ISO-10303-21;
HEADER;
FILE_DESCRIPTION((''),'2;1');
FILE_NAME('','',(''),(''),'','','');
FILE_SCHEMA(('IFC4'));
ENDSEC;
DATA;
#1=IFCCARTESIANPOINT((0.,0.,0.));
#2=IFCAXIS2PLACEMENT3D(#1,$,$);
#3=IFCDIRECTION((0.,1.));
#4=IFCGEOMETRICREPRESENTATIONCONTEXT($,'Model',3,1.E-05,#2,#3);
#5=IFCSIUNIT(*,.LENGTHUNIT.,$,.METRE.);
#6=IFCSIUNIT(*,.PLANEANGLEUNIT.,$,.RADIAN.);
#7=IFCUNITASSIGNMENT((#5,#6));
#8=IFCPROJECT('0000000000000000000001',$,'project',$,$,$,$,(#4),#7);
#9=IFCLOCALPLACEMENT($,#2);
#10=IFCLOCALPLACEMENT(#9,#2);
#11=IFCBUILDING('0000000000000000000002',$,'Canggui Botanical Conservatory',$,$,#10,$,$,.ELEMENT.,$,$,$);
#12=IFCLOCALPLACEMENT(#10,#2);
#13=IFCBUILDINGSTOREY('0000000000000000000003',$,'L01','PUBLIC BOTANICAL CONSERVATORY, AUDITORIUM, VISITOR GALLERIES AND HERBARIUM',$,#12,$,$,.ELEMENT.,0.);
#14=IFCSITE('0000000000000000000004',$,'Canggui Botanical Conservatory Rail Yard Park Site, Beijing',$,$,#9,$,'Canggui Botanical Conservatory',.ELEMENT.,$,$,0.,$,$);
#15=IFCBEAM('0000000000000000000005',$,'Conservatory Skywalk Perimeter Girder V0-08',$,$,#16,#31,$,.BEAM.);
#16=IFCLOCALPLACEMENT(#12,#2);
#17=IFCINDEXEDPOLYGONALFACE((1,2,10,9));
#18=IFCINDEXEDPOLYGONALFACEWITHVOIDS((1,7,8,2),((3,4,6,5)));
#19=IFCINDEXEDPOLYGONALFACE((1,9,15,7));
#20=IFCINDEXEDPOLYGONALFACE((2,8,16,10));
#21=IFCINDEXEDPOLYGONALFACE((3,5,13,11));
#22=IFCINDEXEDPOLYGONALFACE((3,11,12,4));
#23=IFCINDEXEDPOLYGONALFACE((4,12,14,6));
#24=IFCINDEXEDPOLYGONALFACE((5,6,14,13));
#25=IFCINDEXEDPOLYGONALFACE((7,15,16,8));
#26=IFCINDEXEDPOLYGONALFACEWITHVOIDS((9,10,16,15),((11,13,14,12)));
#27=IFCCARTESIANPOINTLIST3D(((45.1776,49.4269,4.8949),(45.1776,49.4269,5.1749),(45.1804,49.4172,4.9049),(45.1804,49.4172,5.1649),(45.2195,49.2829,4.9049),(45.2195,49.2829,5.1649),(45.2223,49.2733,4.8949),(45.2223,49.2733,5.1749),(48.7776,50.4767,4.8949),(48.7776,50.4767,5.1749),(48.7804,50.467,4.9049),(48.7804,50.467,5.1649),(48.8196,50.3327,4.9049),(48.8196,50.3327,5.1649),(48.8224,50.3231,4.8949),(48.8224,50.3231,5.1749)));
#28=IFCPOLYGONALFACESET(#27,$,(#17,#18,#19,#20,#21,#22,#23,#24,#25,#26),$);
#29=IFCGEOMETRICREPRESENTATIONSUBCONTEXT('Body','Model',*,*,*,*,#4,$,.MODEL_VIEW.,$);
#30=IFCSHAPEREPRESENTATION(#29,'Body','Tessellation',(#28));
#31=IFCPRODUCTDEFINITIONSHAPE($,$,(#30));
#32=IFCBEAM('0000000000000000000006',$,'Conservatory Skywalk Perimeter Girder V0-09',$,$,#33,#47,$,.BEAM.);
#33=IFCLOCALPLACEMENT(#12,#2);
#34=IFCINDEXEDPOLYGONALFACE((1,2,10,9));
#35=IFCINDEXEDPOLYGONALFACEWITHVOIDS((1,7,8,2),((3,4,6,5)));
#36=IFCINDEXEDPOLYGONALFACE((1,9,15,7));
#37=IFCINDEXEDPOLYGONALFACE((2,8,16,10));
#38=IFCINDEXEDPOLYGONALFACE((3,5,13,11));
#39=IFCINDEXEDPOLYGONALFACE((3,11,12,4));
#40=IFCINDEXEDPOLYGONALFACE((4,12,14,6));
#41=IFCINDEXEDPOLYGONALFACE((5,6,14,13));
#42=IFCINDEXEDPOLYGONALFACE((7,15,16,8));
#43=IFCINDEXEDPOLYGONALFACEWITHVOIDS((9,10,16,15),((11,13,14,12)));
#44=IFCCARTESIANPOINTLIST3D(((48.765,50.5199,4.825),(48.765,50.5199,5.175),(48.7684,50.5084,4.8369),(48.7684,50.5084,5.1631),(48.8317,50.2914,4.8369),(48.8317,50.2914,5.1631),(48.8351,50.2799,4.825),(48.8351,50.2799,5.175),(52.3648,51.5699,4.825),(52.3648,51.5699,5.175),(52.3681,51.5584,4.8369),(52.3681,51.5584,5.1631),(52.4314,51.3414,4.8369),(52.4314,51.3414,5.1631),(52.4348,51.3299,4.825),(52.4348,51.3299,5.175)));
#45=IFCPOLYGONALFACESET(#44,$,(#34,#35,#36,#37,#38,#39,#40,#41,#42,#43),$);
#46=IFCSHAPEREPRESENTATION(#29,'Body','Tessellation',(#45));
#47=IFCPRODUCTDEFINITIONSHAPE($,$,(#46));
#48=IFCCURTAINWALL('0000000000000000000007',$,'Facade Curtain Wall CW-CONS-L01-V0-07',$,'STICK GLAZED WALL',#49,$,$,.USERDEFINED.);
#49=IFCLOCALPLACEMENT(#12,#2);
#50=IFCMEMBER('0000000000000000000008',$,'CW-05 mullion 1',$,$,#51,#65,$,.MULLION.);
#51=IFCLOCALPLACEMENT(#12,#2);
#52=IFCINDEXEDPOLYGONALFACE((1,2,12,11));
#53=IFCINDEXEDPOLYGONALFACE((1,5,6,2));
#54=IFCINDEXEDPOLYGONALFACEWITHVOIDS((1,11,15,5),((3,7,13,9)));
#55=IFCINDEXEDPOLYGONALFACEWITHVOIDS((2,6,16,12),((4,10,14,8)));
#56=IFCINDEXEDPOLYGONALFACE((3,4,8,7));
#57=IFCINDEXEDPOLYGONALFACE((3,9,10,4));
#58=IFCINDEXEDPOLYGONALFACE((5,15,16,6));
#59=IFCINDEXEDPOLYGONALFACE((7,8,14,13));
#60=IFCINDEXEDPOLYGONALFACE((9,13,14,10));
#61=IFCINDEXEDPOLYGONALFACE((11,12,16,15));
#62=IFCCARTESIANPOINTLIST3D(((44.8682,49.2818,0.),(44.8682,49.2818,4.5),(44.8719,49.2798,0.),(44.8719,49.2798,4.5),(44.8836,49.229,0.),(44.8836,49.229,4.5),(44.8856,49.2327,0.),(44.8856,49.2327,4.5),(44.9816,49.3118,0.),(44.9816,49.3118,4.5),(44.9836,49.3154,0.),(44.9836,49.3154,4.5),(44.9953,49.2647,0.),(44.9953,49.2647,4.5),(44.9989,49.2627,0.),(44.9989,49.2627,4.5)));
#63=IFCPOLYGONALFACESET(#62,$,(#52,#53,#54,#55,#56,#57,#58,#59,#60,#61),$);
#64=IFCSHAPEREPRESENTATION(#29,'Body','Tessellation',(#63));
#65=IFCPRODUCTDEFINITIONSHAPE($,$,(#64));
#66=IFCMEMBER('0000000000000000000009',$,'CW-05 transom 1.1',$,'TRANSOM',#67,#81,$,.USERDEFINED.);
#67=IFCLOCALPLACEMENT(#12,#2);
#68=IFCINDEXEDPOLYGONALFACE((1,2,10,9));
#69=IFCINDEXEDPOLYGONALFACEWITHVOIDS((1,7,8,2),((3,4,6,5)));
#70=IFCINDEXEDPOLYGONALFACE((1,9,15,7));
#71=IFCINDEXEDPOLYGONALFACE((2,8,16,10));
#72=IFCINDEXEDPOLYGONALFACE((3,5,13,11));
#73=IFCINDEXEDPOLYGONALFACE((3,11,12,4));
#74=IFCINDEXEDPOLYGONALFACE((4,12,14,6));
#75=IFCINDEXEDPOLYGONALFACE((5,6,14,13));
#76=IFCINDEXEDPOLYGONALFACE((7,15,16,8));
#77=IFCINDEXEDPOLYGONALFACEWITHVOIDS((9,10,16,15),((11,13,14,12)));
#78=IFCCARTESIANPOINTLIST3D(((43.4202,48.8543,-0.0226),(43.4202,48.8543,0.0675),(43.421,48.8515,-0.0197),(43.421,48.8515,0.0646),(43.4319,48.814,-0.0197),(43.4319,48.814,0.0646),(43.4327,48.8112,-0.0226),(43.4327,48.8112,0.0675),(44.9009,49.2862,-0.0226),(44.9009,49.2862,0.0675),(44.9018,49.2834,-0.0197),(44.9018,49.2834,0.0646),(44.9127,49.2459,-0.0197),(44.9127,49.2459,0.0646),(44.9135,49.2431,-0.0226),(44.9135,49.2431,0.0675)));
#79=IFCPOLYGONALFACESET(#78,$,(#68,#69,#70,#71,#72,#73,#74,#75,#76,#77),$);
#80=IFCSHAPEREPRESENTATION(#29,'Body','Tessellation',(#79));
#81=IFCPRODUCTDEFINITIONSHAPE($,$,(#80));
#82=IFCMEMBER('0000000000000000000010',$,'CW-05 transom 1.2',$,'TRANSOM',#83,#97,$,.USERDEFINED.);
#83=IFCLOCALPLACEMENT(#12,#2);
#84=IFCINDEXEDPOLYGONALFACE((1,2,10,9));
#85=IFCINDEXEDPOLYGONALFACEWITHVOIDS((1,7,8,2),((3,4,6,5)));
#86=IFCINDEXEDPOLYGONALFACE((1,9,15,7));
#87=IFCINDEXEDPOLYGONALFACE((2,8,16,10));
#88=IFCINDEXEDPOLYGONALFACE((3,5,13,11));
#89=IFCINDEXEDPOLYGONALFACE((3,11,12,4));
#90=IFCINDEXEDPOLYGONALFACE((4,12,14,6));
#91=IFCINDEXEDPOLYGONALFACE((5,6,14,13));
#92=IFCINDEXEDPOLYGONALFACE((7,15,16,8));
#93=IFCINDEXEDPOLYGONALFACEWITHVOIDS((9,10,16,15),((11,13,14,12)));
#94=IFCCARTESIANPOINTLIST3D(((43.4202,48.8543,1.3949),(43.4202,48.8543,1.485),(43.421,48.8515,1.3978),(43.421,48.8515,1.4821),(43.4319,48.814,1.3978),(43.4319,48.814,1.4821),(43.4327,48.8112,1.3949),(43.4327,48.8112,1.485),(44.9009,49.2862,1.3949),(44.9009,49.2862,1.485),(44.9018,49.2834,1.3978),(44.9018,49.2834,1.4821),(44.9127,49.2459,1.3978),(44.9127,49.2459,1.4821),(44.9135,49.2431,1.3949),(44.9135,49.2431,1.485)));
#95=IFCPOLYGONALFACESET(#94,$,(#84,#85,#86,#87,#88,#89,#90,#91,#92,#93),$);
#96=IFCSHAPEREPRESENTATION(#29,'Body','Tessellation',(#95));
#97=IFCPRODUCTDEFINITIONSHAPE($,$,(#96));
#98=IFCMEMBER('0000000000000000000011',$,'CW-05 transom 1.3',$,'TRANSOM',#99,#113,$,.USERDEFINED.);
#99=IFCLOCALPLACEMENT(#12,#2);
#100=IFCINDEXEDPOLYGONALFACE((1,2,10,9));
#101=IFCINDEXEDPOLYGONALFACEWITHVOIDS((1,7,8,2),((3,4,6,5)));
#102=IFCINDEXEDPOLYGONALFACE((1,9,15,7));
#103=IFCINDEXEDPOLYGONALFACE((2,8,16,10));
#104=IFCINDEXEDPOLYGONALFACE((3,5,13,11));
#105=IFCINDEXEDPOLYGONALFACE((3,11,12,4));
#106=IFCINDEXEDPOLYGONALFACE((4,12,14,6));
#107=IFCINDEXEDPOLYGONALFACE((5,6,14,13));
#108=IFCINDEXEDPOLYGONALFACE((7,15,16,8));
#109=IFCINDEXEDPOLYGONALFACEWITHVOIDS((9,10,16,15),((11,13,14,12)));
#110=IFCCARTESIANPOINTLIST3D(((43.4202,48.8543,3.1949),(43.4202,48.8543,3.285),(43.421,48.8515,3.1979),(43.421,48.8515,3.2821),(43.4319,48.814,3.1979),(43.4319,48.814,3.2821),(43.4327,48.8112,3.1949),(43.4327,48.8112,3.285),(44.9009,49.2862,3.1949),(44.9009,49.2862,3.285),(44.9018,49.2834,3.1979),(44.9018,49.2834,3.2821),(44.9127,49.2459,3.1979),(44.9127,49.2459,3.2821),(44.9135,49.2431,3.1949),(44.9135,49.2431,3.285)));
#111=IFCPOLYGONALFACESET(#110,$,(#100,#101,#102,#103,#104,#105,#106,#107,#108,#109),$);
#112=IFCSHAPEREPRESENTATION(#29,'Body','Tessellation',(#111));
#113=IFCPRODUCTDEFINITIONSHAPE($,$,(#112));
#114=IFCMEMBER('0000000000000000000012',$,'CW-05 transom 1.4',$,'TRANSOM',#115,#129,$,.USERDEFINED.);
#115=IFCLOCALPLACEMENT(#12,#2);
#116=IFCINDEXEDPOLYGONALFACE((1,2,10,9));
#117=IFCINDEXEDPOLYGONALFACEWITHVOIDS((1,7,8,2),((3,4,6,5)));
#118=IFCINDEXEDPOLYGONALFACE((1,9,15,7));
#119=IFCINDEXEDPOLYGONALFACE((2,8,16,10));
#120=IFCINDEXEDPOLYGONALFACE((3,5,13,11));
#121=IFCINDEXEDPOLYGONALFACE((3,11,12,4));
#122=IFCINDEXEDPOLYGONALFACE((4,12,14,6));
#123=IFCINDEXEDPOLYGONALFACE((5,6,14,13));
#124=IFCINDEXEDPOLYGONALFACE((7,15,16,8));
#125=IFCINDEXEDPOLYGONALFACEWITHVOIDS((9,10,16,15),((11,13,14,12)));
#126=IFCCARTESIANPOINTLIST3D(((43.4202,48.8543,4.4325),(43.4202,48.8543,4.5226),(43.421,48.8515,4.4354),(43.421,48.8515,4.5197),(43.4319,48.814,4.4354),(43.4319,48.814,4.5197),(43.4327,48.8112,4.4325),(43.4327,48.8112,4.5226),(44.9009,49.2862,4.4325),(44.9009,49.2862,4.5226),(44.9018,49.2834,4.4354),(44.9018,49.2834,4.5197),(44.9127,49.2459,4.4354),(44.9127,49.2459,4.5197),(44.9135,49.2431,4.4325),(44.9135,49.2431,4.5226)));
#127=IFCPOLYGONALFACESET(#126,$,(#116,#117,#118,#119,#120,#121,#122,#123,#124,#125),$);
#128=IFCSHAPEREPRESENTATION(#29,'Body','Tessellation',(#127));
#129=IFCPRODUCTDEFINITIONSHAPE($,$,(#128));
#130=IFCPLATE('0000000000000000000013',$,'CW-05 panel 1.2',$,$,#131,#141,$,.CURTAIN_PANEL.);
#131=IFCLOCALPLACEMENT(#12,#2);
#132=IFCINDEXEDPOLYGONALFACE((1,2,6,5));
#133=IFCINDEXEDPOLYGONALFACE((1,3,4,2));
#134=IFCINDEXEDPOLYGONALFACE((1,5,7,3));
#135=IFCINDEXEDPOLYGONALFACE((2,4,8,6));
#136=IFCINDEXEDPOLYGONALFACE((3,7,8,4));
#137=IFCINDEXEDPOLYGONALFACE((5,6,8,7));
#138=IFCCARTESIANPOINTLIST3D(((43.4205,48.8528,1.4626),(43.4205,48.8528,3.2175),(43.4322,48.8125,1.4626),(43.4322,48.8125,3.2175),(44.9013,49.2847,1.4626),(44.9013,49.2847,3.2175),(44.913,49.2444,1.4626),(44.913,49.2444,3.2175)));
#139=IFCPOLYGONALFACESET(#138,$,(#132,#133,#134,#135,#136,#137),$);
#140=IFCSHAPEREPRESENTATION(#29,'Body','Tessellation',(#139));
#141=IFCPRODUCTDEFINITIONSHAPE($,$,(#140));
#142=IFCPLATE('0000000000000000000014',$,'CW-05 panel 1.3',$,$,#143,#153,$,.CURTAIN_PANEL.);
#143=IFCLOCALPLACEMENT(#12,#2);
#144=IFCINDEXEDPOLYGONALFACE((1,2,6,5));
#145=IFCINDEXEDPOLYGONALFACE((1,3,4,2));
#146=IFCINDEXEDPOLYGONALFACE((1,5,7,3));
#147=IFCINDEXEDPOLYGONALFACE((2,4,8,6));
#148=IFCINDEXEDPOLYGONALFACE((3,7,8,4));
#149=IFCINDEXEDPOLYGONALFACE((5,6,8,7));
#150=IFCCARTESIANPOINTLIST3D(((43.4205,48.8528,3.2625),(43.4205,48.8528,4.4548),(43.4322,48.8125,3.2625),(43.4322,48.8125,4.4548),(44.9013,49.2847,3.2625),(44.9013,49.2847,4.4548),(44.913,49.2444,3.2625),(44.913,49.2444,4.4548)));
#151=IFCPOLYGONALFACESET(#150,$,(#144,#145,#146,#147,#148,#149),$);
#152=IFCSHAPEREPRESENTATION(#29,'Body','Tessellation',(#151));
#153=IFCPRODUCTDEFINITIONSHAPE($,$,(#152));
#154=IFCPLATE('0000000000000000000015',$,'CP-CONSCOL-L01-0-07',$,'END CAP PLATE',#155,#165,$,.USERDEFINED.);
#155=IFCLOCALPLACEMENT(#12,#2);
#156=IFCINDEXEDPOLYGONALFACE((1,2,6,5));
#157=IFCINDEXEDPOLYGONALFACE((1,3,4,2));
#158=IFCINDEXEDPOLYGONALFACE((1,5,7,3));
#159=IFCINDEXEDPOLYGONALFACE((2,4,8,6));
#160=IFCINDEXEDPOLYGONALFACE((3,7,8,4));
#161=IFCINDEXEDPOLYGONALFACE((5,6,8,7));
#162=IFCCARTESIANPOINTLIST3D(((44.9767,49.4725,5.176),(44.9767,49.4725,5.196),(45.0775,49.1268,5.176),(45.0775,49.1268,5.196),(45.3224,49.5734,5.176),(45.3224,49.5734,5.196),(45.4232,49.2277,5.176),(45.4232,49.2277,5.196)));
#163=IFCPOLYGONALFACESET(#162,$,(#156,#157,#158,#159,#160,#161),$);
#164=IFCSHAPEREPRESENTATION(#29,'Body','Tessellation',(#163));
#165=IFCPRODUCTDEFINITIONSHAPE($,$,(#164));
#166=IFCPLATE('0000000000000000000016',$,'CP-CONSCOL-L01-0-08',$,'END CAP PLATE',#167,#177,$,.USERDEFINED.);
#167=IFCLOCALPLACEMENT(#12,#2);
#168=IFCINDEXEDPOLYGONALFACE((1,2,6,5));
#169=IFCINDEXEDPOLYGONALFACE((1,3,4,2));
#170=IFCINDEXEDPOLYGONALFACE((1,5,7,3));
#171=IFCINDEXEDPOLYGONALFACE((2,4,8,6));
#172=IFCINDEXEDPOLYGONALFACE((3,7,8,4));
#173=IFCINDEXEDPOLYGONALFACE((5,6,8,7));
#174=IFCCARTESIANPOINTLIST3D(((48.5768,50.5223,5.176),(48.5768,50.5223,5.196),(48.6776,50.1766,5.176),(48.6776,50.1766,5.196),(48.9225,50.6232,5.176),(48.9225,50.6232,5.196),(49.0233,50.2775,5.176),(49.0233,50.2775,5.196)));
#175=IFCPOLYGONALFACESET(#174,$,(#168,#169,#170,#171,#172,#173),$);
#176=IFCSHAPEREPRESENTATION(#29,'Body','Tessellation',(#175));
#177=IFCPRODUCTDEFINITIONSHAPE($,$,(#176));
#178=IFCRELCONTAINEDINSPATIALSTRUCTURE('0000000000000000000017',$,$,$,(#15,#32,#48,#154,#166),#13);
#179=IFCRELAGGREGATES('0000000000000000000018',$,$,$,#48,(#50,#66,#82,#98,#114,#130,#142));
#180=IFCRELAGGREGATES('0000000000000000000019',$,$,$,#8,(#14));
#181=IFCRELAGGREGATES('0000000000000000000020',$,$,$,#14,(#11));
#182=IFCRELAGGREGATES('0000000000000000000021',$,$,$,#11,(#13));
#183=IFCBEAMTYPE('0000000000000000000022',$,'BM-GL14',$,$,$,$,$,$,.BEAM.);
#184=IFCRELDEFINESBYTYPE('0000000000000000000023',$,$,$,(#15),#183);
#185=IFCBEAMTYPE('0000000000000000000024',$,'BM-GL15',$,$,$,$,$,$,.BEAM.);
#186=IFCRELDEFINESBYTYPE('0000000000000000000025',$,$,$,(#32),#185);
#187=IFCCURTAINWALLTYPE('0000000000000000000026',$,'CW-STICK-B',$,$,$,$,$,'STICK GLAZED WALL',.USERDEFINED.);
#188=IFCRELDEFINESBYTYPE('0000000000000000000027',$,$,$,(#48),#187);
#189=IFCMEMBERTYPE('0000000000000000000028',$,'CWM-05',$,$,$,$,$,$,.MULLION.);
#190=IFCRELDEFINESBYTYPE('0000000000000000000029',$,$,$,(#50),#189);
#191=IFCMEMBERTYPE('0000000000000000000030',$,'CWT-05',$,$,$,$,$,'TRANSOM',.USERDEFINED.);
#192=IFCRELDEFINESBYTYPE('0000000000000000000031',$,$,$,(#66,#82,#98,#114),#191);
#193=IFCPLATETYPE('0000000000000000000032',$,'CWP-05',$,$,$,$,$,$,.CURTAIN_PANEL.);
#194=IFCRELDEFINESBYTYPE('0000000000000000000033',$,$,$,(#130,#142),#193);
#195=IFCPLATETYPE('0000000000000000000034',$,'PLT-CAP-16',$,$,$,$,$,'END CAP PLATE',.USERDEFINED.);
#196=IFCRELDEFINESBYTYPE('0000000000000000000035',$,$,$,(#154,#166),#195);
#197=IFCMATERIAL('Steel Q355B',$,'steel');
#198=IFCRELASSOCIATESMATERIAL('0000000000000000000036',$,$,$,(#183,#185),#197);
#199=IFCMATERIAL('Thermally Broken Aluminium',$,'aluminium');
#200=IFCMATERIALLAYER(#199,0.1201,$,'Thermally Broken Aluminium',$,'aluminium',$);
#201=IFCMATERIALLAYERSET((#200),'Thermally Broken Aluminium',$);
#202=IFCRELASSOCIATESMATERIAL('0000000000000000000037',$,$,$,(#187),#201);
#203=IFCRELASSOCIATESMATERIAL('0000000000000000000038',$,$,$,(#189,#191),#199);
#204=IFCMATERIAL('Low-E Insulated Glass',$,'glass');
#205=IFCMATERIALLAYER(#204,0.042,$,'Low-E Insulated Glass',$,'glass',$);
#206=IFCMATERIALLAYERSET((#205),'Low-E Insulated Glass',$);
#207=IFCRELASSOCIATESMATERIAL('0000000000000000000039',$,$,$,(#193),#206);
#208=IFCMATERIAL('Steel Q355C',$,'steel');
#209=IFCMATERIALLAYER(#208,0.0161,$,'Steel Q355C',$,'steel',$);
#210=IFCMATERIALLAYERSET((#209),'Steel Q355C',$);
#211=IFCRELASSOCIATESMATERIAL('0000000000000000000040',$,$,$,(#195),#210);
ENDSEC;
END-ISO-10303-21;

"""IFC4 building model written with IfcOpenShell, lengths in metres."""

from ifc_helpers import new_model, si_unit, direction, frame, origin, origin_2d, place, context, subcontext, project, spatial, rectangle, hollow_rectangle, extrude, material, layer, layer_set, material_profile, profile_set, type_object, element, aggregate, save


model = new_model("IFC4")

# Units and contexts
model_context = context("Model", 3, precision=1e-05, world=origin(), true_north=direction((0.0, 1.0)))
body_context = subcontext(model_context, "Body", "Model", "MODEL_VIEW")
ifc_project = project(units=[si_unit("LENGTHUNIT", "METRE"), si_unit("PLANEANGLEUNIT", "RADIAN")], contexts=[model_context])

# Site, building, storey
site_placement = place(None, origin())
site = spatial("IfcSite", under=ifc_project, at=site_placement, Name="Canggui Botanical Conservatory Rail Yard Park Site, Beijing", LongName="Canggui Botanical Conservatory", CompositionType="ELEMENT", RefElevation=0.0)
building_placement = place(site_placement, origin())
building = spatial("IfcBuilding", under=site, at=building_placement, Name="Canggui Botanical Conservatory", CompositionType="ELEMENT")
storey_placement = place(building_placement, origin())
storey = spatial("IfcBuildingStorey", under=building, at=storey_placement, Name="L01", Description="PUBLIC BOTANICAL CONSERVATORY, AUDITORIUM, VISITOR GALLERIES AND HERBARIUM", CompositionType="ELEMENT", Elevation=0.0)

# Shared definitions
ifc_material_1 = material(Name="Steel Q355C", Category="steel")

# Beams
ifc_material_2 = material(Name="Steel Q355B", Category="steel")
ifc_material_profile_1 = material_profile(ifc_material_2, hollow_rectangle(XDim=0.1599, YDim=0.28, WallThickness=0.01, at=origin_2d()), Name="RHS 160x280x10")
ifc_profile_set_1 = profile_set([ifc_material_profile_1], Name="Steel Q355B")
beam_type_1 = type_object("IfcBeamType", Name="BM-GL14", PredefinedType="BEAM", material=ifc_profile_set_1)
beam_1_placement = place(storey_placement, frame((45.2, 49.3501, 5.0349), z_axis=(0.960016, 0.279945, 0.0), x_axis=(-0.279945, 0.960016, 0.0)))
element("IfcBeam", 1, at=beam_1_placement, inside=storey, type_object=beam_type_1, Name="Conservatory Skywalk Perimeter Girder V0-08", PredefinedType="BEAM", context=body_context, shape_type="SweptSolid", body=[
    extrude(hollow_rectangle(XDim=0.1599, YDim=0.28, WallThickness=0.01, at=origin_2d()), origin(), (0.0, 0.0, 1.0), 3.75),
])
ifc_material_profile_2 = material_profile(ifc_material_2, hollow_rectangle(XDim=0.25, YDim=0.3501, WallThickness=0.012, at=origin_2d()), Name="RHS 250x350x12")
ifc_profile_set_2 = profile_set([ifc_material_profile_2], Name="Steel Q355B")
beam_type_2 = type_object("IfcBeamType", Name="BM-GL15", PredefinedType="BEAM", material=ifc_profile_set_2)
beam_2_placement = place(storey_placement, frame((48.8, 50.3999, 5.0), z_axis=(0.959993, 0.280023, 0.0), x_axis=(-0.280023, 0.959993, 0.0)))
element("IfcBeam", 2, at=beam_2_placement, inside=storey, type_object=beam_type_2, Name="Conservatory Skywalk Perimeter Girder V0-09", PredefinedType="BEAM", context=body_context, shape_type="SweptSolid", body=[
    extrude(hollow_rectangle(XDim=0.25, YDim=0.3501, WallThickness=0.012, at=origin_2d()), origin(), (0.0, 0.0, 1.0), 3.7498),
])

# Curtain wall, members, plates
ifc_material_3 = material(Name="Thermally Broken Aluminium", Category="aluminium")
ifc_layer_1 = layer(ifc_material_3, 0.1201, Name="Thermally Broken Aluminium", Category="aluminium")
ifc_layer_set_1 = layer_set([ifc_layer_1], Name="Thermally Broken Aluminium")
curtain_wall_type = type_object("IfcCurtainWallType", Name="CW-STICK-B", ElementType="STICK GLAZED WALL", PredefinedType="USERDEFINED", material=ifc_layer_set_1)
curtain_wall_placement = place(storey_placement, origin())
curtain_wall = element("IfcCurtainWall", 3, at=curtain_wall_placement, inside=storey, type_object=curtain_wall_type, Name="Facade Curtain Wall CW-CONS-L01-V0-07", ObjectType="STICK GLAZED WALL", PredefinedType="USERDEFINED")
ifc_material_profile_3 = material_profile(ifc_material_3, hollow_rectangle(XDim=0.0549, YDim=0.1201, WallThickness=0.0029, at=origin_2d()), Name="CWM 55x120x3")
ifc_profile_set_3 = profile_set([ifc_material_profile_3], Name="Thermally Broken Aluminium")
member_type_1 = type_object("IfcMemberType", Name="CWM-05", PredefinedType="MULLION", material=ifc_profile_set_3)
member_1_placement = place(storey_placement, frame((44.9336, 49.2722, 0.0), z_axis=(0.0, 0.0, 1.0), x_axis=(0.28, -0.96, 0.0)))
member_1 = element("IfcMember", 4, at=member_1_placement, type_object=member_type_1, Name="CW-05 mullion 1", PredefinedType="MULLION", context=body_context, shape_type="SweptSolid", body=[
    extrude(hollow_rectangle(XDim=0.0549, YDim=0.1201, WallThickness=0.0029, at=origin_2d()), origin(), (0.0, 0.0, 1.0), 4.5),
])
ifc_material_profile_4 = material_profile(ifc_material_3, hollow_rectangle(XDim=0.0449, YDim=0.0901, WallThickness=0.0029, at=origin_2d()), Name="CWT 45x90x3")
ifc_profile_set_4 = profile_set([ifc_material_profile_4], Name="Thermally Broken Aluminium")
member_type_2 = type_object("IfcMemberType", Name="CWT-05", ElementType="TRANSOM", PredefinedType="USERDEFINED", material=ifc_profile_set_4)
member_2_placement = place(storey_placement, frame((44.9072, 49.2646, 0.0225), z_axis=(-0.959998, -0.280006, 0.0), x_axis=(0.280006, -0.959998, 0.0)))
member_2 = element("IfcMember", 5, at=member_2_placement, type_object=member_type_2, Name="CW-05 transom 1.1", ObjectType="TRANSOM", PredefinedType="USERDEFINED", context=body_context, shape_type="SweptSolid", body=[
    extrude(hollow_rectangle(XDim=0.0449, YDim=0.0901, WallThickness=0.0029, at=origin_2d()), origin(), (0.0, 0.0, 1.0), 1.5425),
])
member_3_placement = place(storey_placement, frame((44.9072, 49.2646, 1.4399), z_axis=(-0.959998, -0.280006, 0.0), x_axis=(0.280006, -0.959998, 0.0)))
member_3 = element("IfcMember", 6, at=member_3_placement, type_object=member_type_2, Name="CW-05 transom 1.2", ObjectType="TRANSOM", PredefinedType="USERDEFINED", context=body_context, shape_type="SweptSolid", body=[
    extrude(hollow_rectangle(XDim=0.0449, YDim=0.0901, WallThickness=0.0029, at=origin_2d()), origin(), (0.0, 0.0, 1.0), 1.5425),
])
member_4_placement = place(storey_placement, frame((44.9072, 49.2646, 3.24), z_axis=(-0.959998, -0.280006, 0.0), x_axis=(0.280006, -0.959998, 0.0)))
member_4 = element("IfcMember", 7, at=member_4_placement, type_object=member_type_2, Name="CW-05 transom 1.3", ObjectType="TRANSOM", PredefinedType="USERDEFINED", context=body_context, shape_type="SweptSolid", body=[
    extrude(hollow_rectangle(XDim=0.0449, YDim=0.0901, WallThickness=0.0029, at=origin_2d()), origin(), (0.0, 0.0, 1.0), 1.5425),
])
member_5_placement = place(storey_placement, frame((44.9072, 49.2646, 4.4775), z_axis=(-0.959998, -0.280006, 0.0), x_axis=(0.280006, -0.959998, 0.0)))
member_5 = element("IfcMember", 8, at=member_5_placement, type_object=member_type_2, Name="CW-05 transom 1.4", ObjectType="TRANSOM", PredefinedType="USERDEFINED", context=body_context, shape_type="SweptSolid", body=[
    extrude(hollow_rectangle(XDim=0.0449, YDim=0.0901, WallThickness=0.0029, at=origin_2d()), origin(), (0.0, 0.0, 1.0), 1.5425),
])
ifc_material_4 = material(Name="Low-E Insulated Glass", Category="glass")
ifc_layer_2 = layer(ifc_material_4, 0.042, Name="Low-E Insulated Glass", Category="glass")
ifc_layer_set_2 = layer_set([ifc_layer_2], Name="Low-E Insulated Glass")
plate_type_1 = type_object("IfcPlateType", Name="CWP-05", PredefinedType="CURTAIN_PANEL", material=ifc_layer_set_2)
plate_1_placement = place(storey_placement, frame((44.1667, 49.0486, 1.4626), z_axis=(0.0, 0.0, 1.0), x_axis=(-0.96, -0.28, 0.0)))
plate_1 = element("IfcPlate", 9, at=plate_1_placement, type_object=plate_type_1, Name="CW-05 panel 1.2", PredefinedType="CURTAIN_PANEL", context=body_context, shape_type="SweptSolid", body=[
    extrude(rectangle(XDim=1.5425, YDim=0.042, at=origin_2d()), origin(), (0.0, 0.0, 1.0), 1.7549),
])
plate_2_placement = place(storey_placement, frame((44.1667, 49.0486, 3.2625), z_axis=(0.0, 0.0, 1.0), x_axis=(-0.96, -0.28, 0.0)))
plate_2 = element("IfcPlate", 10, at=plate_2_placement, type_object=plate_type_1, Name="CW-05 panel 1.3", PredefinedType="CURTAIN_PANEL", context=body_context, shape_type="SweptSolid", body=[
    extrude(rectangle(XDim=1.5425, YDim=0.042, at=origin_2d()), origin(), (0.0, 0.0, 1.0), 1.1924),
])
aggregate(curtain_wall, [member_1, member_2, member_3, member_4, member_5, plate_1, plate_2])

# Plates
ifc_layer_3 = layer(ifc_material_1, 0.0161, Name="Steel Q355C", Category="steel")
ifc_layer_set_3 = layer_set([ifc_layer_3], Name="Steel Q355C")
plate_type_2 = type_object("IfcPlateType", Name="PLT-CAP-16", ElementType="END CAP PLATE", PredefinedType="USERDEFINED", material=ifc_layer_set_3)
for number, where, z_axis, x_axis, name in (
    (11, (45.2, 49.3501, 5.176), (0.0, 0.0, 1.0), (0.96, 0.28, 0.0), "CP-CONSCOL-L01-0-07"),
    (12, (48.8, 50.3999, 5.176), (0.0, 0.0, 1.0), (0.96, 0.28, 0.0), "CP-CONSCOL-L01-0-08"),
):
    element("IfcPlate", number, at=place(storey_placement, frame(where, z_axis=z_axis, x_axis=x_axis)), inside=storey, type_object=plate_type_2, Name=name, ObjectType="END CAP PLATE", PredefinedType="USERDEFINED", context=body_context, shape_type="SweptSolid", body=[
        extrude(rectangle(XDim=0.3601, YDim=0.3601, at=origin_2d()), origin(), (0.0, 0.0, 1.0), 0.02),
    ])

save(model, "model.ifc")
